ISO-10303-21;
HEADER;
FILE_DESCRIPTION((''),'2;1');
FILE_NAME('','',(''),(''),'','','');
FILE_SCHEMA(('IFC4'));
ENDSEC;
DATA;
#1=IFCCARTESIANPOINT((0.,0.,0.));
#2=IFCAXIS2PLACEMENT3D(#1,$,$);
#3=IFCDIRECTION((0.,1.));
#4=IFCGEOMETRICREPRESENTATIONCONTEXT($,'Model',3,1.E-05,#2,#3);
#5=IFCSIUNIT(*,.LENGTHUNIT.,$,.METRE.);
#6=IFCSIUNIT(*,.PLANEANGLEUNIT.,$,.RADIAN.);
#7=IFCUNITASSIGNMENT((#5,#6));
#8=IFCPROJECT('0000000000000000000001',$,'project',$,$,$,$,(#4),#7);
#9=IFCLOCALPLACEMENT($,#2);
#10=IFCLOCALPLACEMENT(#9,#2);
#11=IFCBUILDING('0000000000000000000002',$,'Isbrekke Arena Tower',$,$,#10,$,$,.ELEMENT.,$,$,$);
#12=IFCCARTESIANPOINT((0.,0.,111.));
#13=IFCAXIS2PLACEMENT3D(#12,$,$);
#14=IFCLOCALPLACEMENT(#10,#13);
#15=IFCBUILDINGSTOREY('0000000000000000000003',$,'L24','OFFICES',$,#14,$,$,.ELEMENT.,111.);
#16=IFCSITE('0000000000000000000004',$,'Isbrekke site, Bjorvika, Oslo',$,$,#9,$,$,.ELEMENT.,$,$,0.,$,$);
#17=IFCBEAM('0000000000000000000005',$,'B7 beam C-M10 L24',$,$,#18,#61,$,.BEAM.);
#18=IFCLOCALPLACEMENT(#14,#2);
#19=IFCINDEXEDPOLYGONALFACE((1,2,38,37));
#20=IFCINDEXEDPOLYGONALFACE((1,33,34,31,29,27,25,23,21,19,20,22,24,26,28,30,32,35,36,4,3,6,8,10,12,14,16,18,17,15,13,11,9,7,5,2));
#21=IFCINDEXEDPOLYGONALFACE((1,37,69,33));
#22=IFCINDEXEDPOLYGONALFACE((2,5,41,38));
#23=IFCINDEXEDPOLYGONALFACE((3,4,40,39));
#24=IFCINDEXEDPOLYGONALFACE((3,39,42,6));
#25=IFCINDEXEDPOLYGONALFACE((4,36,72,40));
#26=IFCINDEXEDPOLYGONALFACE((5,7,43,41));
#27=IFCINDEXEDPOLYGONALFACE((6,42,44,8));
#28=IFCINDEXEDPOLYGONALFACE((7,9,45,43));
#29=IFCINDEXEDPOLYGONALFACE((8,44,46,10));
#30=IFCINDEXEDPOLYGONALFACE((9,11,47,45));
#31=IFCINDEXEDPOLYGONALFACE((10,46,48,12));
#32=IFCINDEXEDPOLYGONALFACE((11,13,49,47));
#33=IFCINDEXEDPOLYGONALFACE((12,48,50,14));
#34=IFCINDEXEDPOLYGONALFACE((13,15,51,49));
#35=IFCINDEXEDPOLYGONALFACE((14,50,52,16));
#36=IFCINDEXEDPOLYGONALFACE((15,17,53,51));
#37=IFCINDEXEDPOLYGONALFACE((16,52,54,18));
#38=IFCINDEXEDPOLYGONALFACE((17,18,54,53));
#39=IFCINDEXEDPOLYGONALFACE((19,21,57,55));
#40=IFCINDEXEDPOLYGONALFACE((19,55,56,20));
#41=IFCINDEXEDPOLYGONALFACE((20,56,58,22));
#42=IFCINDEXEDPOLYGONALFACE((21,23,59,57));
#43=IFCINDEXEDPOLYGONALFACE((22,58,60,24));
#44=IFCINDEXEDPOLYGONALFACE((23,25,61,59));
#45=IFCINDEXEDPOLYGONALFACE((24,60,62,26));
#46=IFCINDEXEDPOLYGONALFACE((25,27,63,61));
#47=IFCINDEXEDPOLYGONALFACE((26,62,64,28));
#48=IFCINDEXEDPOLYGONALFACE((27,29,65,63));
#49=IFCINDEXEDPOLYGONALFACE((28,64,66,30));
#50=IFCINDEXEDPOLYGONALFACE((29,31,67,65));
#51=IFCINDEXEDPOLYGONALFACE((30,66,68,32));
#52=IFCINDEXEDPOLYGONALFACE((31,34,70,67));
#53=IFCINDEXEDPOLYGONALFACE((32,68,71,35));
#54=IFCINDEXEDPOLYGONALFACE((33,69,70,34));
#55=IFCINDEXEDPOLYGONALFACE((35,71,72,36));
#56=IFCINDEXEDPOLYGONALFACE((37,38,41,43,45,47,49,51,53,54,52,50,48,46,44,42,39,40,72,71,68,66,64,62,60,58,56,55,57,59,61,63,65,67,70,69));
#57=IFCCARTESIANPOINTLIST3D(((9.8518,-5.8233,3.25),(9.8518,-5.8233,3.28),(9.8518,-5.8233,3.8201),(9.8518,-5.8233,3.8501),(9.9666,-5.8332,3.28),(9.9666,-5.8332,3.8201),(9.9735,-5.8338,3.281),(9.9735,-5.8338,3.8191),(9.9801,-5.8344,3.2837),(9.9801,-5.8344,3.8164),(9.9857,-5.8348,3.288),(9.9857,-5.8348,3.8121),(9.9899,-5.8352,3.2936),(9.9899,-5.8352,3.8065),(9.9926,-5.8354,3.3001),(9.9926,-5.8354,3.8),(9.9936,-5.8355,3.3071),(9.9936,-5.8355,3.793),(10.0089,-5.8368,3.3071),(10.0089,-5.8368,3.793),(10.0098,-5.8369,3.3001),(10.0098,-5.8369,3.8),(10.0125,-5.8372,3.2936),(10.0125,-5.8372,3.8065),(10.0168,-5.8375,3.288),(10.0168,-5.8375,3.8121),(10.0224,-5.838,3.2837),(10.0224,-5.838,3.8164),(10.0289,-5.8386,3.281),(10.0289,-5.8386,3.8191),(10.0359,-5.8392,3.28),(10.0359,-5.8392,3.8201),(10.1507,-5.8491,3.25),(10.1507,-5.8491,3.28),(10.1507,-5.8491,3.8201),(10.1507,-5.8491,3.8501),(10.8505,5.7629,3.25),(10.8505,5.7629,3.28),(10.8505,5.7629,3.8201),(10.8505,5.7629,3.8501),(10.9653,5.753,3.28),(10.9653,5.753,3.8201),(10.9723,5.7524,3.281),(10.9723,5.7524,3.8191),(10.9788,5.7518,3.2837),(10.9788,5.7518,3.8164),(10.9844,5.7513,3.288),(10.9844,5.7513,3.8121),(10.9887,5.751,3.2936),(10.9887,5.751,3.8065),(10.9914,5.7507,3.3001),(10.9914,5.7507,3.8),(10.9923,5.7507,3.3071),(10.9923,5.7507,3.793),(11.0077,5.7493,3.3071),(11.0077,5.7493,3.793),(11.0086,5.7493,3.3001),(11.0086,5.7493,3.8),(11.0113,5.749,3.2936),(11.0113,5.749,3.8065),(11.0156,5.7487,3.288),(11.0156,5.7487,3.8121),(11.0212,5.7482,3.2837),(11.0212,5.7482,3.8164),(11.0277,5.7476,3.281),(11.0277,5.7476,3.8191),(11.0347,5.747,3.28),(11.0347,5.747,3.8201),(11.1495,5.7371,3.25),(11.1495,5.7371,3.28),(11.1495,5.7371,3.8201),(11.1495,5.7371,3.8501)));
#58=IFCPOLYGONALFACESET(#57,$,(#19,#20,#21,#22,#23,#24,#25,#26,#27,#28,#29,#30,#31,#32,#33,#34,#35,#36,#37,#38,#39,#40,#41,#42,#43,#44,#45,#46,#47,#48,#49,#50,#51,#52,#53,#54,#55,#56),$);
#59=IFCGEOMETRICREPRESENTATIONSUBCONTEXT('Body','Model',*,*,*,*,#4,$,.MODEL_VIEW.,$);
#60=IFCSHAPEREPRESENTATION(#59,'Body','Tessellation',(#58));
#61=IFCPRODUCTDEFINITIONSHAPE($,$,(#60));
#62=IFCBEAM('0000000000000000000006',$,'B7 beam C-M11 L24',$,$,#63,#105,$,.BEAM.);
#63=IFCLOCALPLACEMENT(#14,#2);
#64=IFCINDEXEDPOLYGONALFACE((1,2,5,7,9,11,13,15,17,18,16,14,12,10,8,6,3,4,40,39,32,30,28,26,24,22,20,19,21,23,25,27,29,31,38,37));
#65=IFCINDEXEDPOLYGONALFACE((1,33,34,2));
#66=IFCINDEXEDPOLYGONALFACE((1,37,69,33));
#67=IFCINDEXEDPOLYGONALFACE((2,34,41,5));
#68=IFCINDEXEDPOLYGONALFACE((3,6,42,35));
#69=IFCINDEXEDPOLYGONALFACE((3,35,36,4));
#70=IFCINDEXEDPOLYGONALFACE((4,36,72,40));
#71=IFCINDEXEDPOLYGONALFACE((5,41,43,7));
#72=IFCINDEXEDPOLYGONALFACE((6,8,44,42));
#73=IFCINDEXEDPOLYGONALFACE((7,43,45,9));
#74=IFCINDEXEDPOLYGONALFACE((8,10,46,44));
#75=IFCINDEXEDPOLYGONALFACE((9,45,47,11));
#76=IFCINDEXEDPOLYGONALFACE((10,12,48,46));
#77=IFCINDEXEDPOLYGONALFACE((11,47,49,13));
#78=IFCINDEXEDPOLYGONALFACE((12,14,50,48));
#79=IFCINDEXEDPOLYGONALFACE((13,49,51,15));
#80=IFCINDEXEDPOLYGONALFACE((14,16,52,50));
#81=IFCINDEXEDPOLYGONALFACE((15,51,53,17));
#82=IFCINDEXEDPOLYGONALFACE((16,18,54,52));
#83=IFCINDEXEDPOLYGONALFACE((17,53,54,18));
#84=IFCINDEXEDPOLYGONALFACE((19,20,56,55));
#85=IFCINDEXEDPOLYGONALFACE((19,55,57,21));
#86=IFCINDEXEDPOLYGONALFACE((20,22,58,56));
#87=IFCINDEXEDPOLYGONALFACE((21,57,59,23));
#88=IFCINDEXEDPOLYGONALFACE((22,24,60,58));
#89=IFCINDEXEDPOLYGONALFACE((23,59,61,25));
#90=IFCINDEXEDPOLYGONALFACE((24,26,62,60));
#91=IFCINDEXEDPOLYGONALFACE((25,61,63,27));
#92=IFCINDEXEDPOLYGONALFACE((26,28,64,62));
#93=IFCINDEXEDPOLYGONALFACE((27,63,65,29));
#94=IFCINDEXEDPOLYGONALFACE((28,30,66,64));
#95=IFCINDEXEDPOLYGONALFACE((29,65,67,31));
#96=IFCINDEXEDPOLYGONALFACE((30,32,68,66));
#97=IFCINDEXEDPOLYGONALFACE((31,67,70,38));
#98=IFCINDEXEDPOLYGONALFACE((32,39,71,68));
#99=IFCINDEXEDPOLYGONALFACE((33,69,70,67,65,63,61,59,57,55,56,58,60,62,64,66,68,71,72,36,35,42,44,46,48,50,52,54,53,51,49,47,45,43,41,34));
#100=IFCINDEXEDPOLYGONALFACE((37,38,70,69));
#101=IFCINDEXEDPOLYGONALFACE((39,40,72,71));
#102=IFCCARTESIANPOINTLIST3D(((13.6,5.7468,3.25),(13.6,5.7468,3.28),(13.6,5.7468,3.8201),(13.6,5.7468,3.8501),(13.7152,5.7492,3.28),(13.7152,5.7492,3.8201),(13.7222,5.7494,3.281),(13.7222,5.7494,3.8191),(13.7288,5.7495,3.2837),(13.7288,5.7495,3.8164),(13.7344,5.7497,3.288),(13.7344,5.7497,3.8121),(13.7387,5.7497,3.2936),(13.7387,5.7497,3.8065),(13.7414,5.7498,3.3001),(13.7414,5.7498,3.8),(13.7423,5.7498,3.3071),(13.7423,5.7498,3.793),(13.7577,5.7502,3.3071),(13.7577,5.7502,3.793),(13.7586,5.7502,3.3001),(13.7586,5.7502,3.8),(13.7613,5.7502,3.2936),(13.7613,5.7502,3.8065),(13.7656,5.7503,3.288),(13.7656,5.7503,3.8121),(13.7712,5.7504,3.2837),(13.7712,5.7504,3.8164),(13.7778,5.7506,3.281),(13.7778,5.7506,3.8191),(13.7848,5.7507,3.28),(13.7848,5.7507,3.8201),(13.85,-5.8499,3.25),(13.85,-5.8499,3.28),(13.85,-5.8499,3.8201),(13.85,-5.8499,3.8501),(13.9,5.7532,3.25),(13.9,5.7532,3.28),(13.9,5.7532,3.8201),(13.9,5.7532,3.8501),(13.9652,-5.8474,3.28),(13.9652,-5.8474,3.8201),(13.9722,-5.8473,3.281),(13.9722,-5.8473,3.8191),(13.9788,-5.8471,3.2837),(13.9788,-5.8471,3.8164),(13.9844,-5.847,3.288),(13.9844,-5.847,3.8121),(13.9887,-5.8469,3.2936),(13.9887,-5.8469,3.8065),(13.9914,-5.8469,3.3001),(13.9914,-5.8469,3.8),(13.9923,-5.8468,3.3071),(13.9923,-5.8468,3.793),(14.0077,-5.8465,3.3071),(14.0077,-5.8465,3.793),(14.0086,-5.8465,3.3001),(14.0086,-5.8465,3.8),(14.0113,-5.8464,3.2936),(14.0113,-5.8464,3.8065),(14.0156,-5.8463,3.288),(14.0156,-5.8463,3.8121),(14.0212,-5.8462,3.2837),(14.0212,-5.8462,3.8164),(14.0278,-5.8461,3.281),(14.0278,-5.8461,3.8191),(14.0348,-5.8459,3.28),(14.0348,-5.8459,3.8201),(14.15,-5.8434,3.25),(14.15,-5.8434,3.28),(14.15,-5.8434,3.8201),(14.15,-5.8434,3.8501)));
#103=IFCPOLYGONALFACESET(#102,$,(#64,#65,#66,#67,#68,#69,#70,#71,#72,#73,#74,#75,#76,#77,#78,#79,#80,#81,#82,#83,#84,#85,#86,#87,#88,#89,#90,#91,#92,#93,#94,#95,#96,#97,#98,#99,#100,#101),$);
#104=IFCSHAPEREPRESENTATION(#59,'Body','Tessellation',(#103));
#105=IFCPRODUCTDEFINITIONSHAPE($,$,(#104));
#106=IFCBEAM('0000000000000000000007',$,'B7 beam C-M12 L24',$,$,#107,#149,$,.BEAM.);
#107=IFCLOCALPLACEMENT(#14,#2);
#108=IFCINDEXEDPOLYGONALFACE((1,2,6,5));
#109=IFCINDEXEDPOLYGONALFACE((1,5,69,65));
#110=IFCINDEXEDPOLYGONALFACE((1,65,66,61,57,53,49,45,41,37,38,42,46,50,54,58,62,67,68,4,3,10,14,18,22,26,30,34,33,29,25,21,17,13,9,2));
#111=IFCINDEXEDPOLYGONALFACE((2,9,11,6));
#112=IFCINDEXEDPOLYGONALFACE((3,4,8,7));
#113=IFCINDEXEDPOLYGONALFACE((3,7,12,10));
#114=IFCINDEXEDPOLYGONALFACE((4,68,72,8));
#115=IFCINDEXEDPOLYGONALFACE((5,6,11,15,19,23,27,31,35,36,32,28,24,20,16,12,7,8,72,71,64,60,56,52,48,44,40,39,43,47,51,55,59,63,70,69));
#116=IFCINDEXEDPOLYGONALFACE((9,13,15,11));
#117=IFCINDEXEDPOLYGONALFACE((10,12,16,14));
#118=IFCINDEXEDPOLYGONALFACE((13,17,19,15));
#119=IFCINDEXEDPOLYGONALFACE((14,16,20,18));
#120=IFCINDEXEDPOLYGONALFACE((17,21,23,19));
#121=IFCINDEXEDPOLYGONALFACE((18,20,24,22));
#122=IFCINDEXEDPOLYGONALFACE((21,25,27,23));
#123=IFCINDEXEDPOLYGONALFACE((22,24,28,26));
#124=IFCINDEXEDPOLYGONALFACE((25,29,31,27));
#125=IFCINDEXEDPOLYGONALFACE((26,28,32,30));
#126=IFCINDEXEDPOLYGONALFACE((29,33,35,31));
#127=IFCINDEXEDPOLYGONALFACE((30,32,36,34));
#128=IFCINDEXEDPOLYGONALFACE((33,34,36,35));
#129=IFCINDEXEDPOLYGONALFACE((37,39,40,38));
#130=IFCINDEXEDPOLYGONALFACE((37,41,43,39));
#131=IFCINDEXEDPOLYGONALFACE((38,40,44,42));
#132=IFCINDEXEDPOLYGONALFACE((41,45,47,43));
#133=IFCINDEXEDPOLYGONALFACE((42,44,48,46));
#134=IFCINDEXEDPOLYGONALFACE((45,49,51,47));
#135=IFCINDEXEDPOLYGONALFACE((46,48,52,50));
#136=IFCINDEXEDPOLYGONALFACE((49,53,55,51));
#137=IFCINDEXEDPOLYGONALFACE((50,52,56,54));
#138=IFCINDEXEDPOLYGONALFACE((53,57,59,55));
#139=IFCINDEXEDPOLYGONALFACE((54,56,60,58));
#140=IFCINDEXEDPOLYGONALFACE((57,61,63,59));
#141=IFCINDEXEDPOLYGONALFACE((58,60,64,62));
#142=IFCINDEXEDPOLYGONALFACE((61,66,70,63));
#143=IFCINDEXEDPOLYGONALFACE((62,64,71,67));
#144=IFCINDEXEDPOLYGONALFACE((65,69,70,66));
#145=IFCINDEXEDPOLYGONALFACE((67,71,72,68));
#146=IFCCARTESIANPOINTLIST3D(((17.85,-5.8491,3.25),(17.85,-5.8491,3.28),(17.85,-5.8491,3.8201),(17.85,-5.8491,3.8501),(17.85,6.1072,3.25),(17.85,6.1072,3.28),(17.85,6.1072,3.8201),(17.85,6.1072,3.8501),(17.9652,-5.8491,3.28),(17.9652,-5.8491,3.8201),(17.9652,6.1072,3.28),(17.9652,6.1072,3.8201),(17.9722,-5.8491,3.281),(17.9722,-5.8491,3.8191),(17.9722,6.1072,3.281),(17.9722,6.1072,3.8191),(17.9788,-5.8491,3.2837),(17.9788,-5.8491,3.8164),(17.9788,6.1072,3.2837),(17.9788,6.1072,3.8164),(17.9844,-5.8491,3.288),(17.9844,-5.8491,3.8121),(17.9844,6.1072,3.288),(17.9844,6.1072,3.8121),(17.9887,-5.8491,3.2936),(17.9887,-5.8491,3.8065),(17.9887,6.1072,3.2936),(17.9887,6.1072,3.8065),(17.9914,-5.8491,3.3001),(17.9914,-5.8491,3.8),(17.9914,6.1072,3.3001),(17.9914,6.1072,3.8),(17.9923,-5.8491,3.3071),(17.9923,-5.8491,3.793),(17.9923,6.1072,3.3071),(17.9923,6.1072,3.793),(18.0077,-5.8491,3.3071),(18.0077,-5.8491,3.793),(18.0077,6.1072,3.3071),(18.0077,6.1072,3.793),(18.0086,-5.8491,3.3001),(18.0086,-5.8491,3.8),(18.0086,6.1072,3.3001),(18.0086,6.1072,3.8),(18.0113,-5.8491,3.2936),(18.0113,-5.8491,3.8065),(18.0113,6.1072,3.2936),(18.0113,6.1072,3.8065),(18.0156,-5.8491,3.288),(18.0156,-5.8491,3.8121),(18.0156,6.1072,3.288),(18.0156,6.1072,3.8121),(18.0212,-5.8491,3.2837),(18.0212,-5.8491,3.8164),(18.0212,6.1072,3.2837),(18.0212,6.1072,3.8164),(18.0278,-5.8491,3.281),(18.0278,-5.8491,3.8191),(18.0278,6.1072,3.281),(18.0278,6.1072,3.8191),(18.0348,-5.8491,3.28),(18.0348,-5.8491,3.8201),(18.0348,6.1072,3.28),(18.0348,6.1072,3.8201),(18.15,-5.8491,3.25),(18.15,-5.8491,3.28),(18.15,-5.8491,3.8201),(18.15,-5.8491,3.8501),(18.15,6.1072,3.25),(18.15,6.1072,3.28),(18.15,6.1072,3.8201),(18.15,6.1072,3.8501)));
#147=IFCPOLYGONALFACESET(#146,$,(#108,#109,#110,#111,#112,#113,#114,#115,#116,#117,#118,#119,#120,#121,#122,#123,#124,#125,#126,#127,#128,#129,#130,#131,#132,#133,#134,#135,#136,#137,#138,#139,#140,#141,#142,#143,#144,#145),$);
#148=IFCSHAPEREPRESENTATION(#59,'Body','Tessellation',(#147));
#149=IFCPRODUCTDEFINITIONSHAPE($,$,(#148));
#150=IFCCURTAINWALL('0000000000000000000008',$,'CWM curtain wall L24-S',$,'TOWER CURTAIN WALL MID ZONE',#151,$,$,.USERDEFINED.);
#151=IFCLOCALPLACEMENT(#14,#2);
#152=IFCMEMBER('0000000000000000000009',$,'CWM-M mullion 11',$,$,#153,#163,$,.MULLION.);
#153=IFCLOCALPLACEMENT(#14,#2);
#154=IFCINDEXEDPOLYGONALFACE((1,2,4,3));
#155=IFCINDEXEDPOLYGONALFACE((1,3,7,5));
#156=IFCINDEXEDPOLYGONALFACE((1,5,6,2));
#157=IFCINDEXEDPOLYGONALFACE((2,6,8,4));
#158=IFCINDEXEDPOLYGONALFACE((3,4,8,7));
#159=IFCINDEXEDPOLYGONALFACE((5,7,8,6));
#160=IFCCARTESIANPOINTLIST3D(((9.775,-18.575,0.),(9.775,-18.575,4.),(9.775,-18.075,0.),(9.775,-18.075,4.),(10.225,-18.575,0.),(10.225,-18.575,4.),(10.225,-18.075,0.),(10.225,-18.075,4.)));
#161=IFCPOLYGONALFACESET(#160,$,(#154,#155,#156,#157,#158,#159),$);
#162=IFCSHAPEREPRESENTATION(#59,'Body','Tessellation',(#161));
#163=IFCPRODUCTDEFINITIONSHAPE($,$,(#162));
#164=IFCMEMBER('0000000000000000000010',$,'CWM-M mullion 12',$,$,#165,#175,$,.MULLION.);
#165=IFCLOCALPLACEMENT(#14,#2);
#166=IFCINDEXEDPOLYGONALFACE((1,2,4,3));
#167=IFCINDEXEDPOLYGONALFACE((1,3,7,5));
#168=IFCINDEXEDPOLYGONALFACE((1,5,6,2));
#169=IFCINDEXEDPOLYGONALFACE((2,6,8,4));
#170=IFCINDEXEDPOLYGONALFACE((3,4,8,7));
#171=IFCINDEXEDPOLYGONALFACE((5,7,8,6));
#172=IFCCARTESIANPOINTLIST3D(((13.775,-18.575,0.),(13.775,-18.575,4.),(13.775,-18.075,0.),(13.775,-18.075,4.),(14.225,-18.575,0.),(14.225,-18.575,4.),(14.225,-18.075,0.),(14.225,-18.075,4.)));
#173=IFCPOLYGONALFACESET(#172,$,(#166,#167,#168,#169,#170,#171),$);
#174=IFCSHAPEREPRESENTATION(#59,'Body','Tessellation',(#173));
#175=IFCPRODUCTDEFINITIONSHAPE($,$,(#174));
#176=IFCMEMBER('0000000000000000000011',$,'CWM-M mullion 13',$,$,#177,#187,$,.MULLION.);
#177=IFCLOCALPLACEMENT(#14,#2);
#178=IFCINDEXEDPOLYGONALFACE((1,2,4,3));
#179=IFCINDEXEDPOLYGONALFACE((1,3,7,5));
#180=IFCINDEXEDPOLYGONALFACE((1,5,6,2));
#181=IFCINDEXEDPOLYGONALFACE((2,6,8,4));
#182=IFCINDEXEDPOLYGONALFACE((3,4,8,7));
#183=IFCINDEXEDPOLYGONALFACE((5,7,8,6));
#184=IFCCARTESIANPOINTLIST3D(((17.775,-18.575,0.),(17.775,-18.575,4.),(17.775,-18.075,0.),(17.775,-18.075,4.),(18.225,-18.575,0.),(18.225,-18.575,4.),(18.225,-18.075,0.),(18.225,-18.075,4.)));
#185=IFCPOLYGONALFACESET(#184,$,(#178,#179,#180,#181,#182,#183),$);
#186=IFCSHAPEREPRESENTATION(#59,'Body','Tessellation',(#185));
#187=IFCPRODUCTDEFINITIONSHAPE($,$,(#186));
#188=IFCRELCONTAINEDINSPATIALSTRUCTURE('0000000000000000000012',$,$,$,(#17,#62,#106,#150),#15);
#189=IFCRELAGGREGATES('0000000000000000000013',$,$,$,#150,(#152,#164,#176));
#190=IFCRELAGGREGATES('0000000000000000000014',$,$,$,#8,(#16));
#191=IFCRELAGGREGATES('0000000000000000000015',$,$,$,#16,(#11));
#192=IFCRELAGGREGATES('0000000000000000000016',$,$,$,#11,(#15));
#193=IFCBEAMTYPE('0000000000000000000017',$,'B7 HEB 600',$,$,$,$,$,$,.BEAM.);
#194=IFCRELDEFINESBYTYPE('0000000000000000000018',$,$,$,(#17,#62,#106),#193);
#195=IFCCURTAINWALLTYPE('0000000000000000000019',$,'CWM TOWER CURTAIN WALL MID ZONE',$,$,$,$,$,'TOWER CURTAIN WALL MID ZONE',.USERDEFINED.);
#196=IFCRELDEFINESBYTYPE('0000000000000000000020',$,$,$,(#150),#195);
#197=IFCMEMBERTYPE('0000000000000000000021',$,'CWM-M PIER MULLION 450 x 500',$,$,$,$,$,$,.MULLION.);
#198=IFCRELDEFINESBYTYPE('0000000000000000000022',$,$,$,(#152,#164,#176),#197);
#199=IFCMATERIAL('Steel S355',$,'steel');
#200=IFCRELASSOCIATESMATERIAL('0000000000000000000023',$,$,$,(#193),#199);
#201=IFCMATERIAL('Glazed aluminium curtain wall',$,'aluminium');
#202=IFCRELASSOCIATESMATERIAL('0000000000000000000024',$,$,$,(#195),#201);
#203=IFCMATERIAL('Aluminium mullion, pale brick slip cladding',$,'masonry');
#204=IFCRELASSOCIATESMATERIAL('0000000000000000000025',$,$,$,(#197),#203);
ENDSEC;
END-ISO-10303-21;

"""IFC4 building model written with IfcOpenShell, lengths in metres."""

from ifc_helpers import new_model, si_unit, direction, frame, origin, origin_2d, place, context, subcontext, project, spatial, rectangle, i_section, extrude, material, material_profile, profile_set, type_object, element, aggregate, save


model = new_model("IFC4")

# Units and contexts
model_context = context("Model", 3, precision=1e-05, world=origin(), true_north=direction((0.0, 1.0)))
body_context = subcontext(model_context, "Body", "Model", "MODEL_VIEW")
ifc_project = project(units=[si_unit("LENGTHUNIT", "METRE"), si_unit("PLANEANGLEUNIT", "RADIAN")], contexts=[model_context])

# Site, building, storey
site_placement = place(None, origin())
site = spatial("IfcSite", under=ifc_project, at=site_placement, Name="Isbrekke site, Bjorvika, Oslo", CompositionType="ELEMENT", RefElevation=0.0)
building_placement = place(site_placement, origin())
building = spatial("IfcBuilding", under=site, at=building_placement, Name="Isbrekke Arena Tower", CompositionType="ELEMENT")
storey_placement = place(building_placement, frame((0.0, 0.0, 111.0)))
storey = spatial("IfcBuildingStorey", under=building, at=storey_placement, Name="L24", Description="OFFICES", CompositionType="ELEMENT", Elevation=111.0)

# Beams
ifc_material_1 = material(Name="Steel S355", Category="steel")
ifc_material_profile_1 = material_profile(ifc_material_1, i_section(OverallWidth=0.3, OverallDepth=0.6001, WebThickness=0.0154, FlangeThickness=0.03, FilletRadius=0.0271, at=origin_2d()), Name="HEB 600")
ifc_profile_set_1 = profile_set([ifc_material_profile_1], Name="Steel S355")
beam_type_1 = type_object("IfcBeamType", Name="B7 HEB 600", PredefinedType="BEAM", material=ifc_profile_set_1)
beam_1_placement = place(storey_placement, frame((10.0012, -5.8362, 3.55), z_axis=(0.085886, 0.996305, 0.0), x_axis=(-0.996305, 0.085886, 0.0)))
element("IfcBeam", 1, at=beam_1_placement, inside=storey, type_object=beam_type_1, Name="B7 beam C-M10 L24", PredefinedType="BEAM", context=body_context, shape_type="SweptSolid", body=[
    extrude(i_section(OverallWidth=0.3, OverallDepth=0.6001, WebThickness=0.0154, FlangeThickness=0.03, FilletRadius=0.0271, at=origin_2d()), origin(), (0.0, 0.0, 1.0), 11.6292),
])
beam_2_placement = place(storey_placement, frame((14.0, -5.8467, 3.55), z_axis=(-0.021553, 0.999768, 0.0), x_axis=(-0.999768, -0.021553, 0.0)))
element("IfcBeam", 2, at=beam_2_placement, inside=storey, type_object=beam_type_1, Name="B7 beam C-M11 L24", PredefinedType="BEAM", context=body_context, shape_type="SweptSolid", body=[
    extrude(i_section(OverallWidth=0.3, OverallDepth=0.6001, WebThickness=0.0154, FlangeThickness=0.03, FilletRadius=0.0271, at=origin_2d()), origin(), (0.0, 0.0, 1.0), 11.5994),
])
beam_3_placement = place(storey_placement, frame((18.0, -5.8491, 3.55), z_axis=(0.0, 1.0, 0.0), x_axis=(-1.0, 0.0, 0.0)))
element("IfcBeam", 3, at=beam_3_placement, inside=storey, type_object=beam_type_1, Name="B7 beam C-M12 L24", PredefinedType="BEAM", context=body_context, shape_type="SweptSolid", body=[
    extrude(i_section(OverallWidth=0.3, OverallDepth=0.6001, WebThickness=0.0154, FlangeThickness=0.03, FilletRadius=0.0271, at=origin_2d()), origin(), (0.0, 0.0, 1.0), 11.9563),
])

# Curtain wall, members
ifc_material_2 = material(Name="Glazed aluminium curtain wall", Category="aluminium")
curtain_wall_type = type_object("IfcCurtainWallType", Name="CWM TOWER CURTAIN WALL MID ZONE", ElementType="TOWER CURTAIN WALL MID ZONE", PredefinedType="USERDEFINED", material=ifc_material_2)
curtain_wall_placement = place(storey_placement, origin())
curtain_wall = element("IfcCurtainWall", 4, at=curtain_wall_placement, inside=storey, type_object=curtain_wall_type, Name="CWM curtain wall L24-S", ObjectType="TOWER CURTAIN WALL MID ZONE", PredefinedType="USERDEFINED")
ifc_material_3 = material(Name="Aluminium mullion, pale brick slip cladding", Category="masonry")
ifc_material_profile_2 = material_profile(ifc_material_3, rectangle(XDim=0.45, YDim=0.5, at=origin_2d()), Name="PIER 450X500")
ifc_profile_set_2 = profile_set([ifc_material_profile_2], Name="Aluminium mullion, pale brick slip cladding")
member_type_1 = type_object("IfcMemberType", Name="CWM-M PIER MULLION 450 x 500", PredefinedType="MULLION", material=ifc_profile_set_2)
member_1_placement = place(storey_placement, frame((10.0, -18.325, 0.0), z_axis=(0.0, 0.0, 1.0), x_axis=(1.0, 0.0, 0.0)))
member_1 = element("IfcMember", 5, at=member_1_placement, type_object=member_type_1, Name="CWM-M mullion 11", PredefinedType="MULLION", context=body_context, shape_type="SweptSolid", body=[
    extrude(rectangle(XDim=0.45, YDim=0.5, at=origin_2d()), origin(), (0.0, 0.0, 1.0), 4.0),
])
member_2_placement = place(storey_placement, frame((14.0, -18.325, 0.0), z_axis=(0.0, 0.0, 1.0), x_axis=(1.0, 0.0, 0.0)))
member_2 = element("IfcMember", 6, at=member_2_placement, type_object=member_type_1, Name="CWM-M mullion 12", PredefinedType="MULLION", context=body_context, shape_type="SweptSolid", body=[
    extrude(rectangle(XDim=0.45, YDim=0.5, at=origin_2d()), origin(), (0.0, 0.0, 1.0), 4.0),
])
member_3_placement = place(storey_placement, frame((18.0, -18.325, 0.0), z_axis=(0.0, 0.0, 1.0), x_axis=(1.0, 0.0, 0.0)))
member_3 = element("IfcMember", 7, at=member_3_placement, type_object=member_type_1, Name="CWM-M mullion 13", PredefinedType="MULLION", context=body_context, shape_type="SweptSolid", body=[
    extrude(rectangle(XDim=0.45, YDim=0.5, at=origin_2d()), origin(), (0.0, 0.0, 1.0), 4.0),
])

aggregate(curtain_wall, [member_1, member_2, member_3])

save(model, "model.ifc")
